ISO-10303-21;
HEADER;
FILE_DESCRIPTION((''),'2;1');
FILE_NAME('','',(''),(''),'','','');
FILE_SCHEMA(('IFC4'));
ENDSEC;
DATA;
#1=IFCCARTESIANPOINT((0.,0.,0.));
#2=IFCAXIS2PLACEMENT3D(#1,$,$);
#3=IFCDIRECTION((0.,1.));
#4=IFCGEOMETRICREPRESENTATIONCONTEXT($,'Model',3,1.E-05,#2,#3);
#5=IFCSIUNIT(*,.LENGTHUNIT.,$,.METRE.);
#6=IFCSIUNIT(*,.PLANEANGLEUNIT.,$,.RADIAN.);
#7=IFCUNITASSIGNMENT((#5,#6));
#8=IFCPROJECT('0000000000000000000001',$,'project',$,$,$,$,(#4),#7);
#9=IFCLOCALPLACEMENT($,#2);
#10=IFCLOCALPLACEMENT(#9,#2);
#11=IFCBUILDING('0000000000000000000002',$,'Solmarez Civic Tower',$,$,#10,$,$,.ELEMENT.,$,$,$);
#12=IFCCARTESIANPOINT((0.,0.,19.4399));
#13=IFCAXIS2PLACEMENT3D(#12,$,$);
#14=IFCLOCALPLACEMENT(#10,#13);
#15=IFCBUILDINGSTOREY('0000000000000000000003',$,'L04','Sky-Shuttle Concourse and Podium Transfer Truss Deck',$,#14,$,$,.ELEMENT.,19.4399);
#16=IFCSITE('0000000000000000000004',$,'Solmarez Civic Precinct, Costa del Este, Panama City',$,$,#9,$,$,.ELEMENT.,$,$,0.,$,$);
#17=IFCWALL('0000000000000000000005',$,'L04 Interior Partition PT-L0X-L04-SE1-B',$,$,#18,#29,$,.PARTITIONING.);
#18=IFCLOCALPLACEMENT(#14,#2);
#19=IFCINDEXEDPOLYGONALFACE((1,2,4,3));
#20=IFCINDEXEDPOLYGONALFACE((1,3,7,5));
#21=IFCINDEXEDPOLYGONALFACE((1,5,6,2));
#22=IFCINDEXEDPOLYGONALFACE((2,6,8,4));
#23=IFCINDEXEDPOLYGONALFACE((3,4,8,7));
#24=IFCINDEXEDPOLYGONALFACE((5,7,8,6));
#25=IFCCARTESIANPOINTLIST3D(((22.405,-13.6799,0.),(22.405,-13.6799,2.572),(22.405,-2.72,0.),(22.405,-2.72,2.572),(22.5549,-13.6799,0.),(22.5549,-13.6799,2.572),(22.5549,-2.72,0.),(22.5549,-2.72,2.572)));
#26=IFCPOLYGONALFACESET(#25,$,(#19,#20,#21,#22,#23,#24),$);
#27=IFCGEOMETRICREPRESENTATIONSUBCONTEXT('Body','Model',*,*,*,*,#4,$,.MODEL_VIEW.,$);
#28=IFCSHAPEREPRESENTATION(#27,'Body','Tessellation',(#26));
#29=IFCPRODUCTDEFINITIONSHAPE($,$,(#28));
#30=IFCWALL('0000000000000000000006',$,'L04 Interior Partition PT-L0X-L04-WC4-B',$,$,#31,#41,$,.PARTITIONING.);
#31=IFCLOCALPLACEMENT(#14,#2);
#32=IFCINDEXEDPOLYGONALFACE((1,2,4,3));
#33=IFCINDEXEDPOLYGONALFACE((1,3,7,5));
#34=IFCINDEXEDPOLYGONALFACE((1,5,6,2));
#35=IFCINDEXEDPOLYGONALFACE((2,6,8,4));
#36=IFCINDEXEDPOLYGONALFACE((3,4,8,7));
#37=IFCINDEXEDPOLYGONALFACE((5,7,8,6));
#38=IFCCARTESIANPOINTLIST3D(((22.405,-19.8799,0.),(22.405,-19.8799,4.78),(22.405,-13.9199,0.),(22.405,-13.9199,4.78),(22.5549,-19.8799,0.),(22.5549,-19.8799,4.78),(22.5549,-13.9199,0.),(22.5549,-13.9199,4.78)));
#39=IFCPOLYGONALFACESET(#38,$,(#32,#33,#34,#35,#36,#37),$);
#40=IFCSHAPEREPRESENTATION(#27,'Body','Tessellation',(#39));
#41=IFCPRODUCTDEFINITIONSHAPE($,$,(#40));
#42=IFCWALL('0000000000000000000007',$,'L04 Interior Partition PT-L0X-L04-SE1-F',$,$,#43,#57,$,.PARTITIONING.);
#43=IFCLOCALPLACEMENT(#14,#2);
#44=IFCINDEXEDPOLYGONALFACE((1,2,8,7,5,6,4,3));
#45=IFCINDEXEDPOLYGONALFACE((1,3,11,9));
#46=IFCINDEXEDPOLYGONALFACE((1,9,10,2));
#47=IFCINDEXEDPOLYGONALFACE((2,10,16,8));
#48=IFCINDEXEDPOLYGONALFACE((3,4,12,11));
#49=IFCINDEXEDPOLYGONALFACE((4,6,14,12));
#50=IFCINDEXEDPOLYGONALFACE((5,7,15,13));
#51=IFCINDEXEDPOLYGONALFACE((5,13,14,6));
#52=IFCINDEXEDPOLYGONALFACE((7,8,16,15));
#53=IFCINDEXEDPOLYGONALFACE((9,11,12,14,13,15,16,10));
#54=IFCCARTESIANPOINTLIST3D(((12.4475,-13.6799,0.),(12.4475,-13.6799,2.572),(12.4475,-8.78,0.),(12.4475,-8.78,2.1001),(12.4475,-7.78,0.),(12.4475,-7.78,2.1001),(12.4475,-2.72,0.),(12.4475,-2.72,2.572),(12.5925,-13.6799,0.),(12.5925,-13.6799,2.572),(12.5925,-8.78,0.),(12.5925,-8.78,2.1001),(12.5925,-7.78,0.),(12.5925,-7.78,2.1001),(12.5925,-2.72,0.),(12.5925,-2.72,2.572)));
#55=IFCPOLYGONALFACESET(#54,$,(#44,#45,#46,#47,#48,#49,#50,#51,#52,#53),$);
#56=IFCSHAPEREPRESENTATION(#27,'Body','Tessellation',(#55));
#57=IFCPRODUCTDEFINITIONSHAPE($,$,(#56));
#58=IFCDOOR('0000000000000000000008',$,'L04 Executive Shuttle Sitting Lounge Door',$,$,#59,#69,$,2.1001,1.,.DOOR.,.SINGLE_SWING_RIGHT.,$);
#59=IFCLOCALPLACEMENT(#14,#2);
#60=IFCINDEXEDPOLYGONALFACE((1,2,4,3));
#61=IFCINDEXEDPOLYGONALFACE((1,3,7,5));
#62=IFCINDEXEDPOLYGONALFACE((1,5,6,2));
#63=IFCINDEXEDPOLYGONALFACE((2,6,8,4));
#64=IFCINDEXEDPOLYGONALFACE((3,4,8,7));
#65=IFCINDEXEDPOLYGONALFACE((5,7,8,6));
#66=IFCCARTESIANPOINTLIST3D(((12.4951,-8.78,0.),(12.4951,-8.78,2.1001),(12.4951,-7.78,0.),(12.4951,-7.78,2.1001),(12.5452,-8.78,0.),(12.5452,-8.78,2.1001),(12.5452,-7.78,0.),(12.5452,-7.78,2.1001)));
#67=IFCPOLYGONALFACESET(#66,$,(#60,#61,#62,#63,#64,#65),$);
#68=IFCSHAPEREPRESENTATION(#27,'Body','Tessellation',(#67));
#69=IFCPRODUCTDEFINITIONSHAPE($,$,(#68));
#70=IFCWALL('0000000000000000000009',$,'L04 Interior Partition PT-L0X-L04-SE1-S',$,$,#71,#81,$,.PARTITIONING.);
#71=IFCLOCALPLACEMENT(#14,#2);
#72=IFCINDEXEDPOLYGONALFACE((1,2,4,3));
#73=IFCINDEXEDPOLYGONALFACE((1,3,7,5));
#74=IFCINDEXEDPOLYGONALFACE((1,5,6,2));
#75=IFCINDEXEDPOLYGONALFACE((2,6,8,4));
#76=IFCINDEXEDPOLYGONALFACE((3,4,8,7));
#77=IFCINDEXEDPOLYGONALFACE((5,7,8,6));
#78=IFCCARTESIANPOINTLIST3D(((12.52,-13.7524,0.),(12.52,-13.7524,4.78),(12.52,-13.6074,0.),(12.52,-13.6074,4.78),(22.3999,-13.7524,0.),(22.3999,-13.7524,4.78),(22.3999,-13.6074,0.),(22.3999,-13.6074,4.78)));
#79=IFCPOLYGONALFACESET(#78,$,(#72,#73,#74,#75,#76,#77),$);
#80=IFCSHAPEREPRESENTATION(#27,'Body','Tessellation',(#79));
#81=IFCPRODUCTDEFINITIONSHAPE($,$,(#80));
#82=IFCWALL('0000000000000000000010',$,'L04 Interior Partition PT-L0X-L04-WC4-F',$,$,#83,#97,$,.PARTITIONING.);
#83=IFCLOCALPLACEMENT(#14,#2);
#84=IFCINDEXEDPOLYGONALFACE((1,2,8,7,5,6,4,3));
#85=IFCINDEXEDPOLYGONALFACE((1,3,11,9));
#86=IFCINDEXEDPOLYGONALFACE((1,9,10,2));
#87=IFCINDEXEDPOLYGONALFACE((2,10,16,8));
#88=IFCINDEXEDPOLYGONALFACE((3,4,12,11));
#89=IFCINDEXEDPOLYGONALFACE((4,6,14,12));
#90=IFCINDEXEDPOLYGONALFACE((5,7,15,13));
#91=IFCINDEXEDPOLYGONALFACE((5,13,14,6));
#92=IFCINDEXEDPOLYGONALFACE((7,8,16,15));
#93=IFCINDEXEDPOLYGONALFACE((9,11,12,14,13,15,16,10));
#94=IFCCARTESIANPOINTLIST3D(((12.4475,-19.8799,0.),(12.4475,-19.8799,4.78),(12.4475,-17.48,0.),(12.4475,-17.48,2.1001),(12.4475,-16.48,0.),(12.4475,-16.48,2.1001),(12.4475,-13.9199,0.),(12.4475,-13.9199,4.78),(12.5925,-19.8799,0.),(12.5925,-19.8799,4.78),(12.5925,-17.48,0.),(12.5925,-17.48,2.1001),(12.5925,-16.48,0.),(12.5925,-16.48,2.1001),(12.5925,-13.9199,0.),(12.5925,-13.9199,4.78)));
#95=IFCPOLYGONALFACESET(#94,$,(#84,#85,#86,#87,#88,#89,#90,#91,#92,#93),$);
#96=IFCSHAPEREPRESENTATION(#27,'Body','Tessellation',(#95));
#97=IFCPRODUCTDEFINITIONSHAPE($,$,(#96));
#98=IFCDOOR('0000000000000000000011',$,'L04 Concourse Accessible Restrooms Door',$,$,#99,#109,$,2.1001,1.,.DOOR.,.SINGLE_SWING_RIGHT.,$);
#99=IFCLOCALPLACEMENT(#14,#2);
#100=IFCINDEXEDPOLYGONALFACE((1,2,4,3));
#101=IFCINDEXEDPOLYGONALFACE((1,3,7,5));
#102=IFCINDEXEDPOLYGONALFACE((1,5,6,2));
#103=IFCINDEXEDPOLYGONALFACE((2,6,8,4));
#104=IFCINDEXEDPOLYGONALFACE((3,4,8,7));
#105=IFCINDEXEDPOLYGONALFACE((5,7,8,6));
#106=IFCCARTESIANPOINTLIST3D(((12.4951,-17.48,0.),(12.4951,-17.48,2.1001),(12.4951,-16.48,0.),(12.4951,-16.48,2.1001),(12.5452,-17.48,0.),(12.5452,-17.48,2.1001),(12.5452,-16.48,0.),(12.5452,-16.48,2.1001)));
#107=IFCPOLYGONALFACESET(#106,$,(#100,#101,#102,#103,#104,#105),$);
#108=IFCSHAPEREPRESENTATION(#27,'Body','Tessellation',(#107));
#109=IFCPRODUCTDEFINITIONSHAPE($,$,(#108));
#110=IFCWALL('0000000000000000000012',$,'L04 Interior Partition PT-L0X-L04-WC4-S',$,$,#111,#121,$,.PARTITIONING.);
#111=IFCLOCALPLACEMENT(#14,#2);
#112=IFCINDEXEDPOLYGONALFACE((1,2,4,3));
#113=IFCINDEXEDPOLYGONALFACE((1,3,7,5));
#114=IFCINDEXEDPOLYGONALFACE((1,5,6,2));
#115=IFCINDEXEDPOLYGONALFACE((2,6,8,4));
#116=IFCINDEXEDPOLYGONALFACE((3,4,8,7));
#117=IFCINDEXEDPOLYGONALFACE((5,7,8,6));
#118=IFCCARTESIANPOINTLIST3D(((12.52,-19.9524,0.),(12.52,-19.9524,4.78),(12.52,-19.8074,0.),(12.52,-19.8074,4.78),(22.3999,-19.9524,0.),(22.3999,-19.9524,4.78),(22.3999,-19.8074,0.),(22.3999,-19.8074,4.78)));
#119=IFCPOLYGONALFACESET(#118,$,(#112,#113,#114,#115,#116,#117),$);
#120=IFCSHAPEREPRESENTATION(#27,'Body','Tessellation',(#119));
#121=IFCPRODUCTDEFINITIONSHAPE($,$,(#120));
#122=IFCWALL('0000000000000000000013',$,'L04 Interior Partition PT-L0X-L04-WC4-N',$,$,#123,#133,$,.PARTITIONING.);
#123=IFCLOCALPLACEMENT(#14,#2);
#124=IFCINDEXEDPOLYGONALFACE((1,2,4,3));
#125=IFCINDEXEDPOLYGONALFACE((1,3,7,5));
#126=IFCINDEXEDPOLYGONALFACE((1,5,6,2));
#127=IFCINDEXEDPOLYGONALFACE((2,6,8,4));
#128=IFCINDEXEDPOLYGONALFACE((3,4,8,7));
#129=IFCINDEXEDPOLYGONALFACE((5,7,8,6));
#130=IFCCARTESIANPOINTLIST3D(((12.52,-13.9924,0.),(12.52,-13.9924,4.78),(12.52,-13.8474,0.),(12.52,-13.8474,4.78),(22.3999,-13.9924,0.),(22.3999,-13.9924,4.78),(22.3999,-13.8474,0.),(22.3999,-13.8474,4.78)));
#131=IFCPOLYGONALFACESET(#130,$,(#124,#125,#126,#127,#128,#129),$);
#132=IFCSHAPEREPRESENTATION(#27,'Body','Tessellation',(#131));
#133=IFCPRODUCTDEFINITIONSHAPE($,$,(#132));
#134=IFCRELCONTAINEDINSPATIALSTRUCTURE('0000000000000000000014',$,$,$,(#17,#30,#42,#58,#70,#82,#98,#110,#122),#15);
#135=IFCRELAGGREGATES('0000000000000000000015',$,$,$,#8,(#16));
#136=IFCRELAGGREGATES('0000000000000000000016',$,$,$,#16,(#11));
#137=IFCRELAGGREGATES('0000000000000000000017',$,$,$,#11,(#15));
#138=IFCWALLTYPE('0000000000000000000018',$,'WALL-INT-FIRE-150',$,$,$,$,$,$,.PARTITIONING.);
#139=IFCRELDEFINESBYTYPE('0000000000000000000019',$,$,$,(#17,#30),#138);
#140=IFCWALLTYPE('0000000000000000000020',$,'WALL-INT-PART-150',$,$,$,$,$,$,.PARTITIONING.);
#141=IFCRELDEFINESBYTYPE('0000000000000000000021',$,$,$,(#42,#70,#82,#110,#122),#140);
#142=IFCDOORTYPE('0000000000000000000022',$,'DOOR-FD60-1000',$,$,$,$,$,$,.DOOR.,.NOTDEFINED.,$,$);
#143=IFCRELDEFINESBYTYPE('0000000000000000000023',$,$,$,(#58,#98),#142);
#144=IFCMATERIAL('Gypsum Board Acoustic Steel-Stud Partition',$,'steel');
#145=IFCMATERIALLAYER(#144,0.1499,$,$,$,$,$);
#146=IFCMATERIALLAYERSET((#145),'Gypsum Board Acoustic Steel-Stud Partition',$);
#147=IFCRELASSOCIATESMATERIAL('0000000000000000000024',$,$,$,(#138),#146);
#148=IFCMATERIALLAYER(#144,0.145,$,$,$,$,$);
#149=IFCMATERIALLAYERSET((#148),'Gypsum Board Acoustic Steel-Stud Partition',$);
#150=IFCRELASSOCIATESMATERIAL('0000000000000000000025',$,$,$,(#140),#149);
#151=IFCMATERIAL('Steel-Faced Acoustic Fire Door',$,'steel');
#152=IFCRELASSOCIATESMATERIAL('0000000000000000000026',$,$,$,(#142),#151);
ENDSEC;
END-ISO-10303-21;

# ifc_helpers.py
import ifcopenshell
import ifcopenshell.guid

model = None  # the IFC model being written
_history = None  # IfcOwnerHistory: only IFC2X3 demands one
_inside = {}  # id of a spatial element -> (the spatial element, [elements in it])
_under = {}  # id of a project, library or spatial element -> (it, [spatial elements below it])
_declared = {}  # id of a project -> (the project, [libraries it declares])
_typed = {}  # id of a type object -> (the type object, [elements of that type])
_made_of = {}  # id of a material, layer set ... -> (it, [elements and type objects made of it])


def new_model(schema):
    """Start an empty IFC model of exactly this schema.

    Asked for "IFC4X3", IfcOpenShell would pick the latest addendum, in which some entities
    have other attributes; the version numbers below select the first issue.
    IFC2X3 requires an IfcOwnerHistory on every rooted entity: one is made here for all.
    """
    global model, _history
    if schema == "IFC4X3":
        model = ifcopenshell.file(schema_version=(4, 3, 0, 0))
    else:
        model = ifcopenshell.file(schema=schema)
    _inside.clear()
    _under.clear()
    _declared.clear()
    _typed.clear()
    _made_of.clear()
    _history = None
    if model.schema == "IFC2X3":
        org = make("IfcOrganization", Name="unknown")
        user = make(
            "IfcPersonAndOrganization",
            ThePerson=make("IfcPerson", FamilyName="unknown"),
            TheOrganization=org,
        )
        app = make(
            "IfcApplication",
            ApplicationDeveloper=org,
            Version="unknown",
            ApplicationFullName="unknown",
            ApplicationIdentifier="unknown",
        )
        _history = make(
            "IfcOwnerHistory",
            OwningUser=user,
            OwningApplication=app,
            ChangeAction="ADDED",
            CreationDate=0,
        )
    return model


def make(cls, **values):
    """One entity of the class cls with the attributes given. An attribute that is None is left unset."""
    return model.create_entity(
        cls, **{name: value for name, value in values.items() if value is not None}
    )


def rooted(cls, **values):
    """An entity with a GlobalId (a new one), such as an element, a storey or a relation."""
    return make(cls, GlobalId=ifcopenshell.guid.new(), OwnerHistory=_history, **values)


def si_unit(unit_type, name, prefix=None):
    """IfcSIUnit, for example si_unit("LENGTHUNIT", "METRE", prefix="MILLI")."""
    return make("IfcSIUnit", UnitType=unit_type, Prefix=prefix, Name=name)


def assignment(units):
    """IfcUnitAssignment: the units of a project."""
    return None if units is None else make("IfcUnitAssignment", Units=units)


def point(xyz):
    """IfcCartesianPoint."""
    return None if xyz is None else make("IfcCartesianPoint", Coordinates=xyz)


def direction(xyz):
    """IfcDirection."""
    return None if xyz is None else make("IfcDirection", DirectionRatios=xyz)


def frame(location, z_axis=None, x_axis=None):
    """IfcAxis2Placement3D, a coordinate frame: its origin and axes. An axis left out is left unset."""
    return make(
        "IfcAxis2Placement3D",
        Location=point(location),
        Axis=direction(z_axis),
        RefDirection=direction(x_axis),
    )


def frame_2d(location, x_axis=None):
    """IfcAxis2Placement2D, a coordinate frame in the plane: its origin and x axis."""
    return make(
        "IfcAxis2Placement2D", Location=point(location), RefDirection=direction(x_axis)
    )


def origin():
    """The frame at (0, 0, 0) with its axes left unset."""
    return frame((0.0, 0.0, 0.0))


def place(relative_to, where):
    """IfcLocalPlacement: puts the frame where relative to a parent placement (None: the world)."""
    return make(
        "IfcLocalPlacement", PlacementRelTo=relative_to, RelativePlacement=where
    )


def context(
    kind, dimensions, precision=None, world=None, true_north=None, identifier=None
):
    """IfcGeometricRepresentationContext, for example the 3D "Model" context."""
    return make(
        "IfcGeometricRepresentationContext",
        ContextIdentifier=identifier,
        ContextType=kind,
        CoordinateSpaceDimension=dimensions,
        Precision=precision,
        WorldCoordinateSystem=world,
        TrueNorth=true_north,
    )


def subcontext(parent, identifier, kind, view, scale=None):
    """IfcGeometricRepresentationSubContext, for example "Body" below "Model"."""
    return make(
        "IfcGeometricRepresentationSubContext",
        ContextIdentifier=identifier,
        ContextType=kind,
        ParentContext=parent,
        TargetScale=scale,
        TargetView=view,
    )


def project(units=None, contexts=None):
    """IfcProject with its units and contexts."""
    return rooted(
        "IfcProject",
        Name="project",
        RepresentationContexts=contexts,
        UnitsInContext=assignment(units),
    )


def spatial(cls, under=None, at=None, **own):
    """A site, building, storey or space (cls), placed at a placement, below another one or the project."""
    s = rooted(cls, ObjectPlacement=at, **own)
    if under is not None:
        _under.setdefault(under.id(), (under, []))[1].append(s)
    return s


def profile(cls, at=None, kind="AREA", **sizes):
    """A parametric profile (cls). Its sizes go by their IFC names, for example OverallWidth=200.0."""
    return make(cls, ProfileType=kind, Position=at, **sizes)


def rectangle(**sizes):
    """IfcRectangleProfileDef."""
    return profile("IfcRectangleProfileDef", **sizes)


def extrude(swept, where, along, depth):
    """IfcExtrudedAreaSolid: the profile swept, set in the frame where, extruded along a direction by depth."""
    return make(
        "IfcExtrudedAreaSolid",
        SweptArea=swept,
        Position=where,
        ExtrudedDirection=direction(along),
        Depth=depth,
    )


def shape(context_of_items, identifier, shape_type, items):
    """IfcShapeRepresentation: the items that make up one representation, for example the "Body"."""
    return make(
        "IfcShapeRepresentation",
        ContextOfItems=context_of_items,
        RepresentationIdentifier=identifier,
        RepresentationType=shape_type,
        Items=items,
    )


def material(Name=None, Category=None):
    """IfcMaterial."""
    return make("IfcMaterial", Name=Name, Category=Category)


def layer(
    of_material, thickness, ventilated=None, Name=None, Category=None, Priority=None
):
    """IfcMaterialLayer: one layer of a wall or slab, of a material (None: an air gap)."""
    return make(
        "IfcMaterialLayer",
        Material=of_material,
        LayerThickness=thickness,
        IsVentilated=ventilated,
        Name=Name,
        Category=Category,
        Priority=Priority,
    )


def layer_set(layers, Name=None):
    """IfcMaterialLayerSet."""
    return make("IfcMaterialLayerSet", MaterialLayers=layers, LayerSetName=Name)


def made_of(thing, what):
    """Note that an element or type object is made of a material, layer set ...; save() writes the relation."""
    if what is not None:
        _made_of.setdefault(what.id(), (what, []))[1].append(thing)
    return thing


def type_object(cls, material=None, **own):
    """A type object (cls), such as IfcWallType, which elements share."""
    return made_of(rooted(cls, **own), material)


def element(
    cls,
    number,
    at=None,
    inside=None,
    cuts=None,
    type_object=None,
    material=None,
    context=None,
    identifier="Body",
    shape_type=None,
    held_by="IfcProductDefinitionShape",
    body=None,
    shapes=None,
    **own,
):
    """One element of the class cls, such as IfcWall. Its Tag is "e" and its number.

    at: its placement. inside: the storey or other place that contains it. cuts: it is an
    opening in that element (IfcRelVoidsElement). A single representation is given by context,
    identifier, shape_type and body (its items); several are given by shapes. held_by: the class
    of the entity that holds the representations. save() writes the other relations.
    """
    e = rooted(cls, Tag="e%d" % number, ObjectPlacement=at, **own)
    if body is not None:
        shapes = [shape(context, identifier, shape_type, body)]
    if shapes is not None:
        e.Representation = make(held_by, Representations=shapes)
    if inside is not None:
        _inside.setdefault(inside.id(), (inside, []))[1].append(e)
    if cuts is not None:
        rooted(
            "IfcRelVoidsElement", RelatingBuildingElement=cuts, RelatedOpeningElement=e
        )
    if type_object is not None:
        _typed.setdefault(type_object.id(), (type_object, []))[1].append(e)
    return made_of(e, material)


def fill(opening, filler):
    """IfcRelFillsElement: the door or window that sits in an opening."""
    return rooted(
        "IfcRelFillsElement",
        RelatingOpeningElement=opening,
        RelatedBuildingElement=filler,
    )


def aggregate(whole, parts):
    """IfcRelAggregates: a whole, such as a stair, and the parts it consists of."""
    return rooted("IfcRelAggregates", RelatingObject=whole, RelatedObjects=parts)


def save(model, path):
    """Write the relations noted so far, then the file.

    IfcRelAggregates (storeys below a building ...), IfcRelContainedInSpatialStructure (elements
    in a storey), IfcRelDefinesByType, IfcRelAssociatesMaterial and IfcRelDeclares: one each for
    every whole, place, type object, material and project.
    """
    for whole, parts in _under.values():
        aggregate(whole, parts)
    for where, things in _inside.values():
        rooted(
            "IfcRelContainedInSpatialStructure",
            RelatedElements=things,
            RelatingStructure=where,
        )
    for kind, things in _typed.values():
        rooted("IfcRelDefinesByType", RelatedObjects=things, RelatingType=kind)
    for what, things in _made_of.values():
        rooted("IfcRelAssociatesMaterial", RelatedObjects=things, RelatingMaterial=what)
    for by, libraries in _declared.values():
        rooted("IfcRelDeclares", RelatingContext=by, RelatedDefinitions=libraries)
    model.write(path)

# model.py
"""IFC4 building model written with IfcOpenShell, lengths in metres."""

from ifc_helpers import new_model, si_unit, direction, frame, frame_2d, origin, place, context, subcontext, project, spatial, rectangle, extrude, material, layer, layer_set, type_object, element, fill, save


model = new_model("IFC4")

# Units and contexts
model_context = context("Model", 3, precision=1e-05, world=origin(), true_north=direction((0.0, 1.0)))
body_context = subcontext(model_context, "Body", "Model", "MODEL_VIEW")
ifc_project = project(units=[si_unit("LENGTHUNIT", "METRE"), si_unit("PLANEANGLEUNIT", "RADIAN")], contexts=[model_context])

# Site, building, storey
site_placement = place(None, origin())
site = spatial("IfcSite", under=ifc_project, at=site_placement, Name="Solmarez Civic Precinct, Costa del Este, Panama City", CompositionType="ELEMENT", RefElevation=0.0)
building_placement = place(site_placement, origin())
building = spatial("IfcBuilding", under=site, at=building_placement, Name="Solmarez Civic Tower", CompositionType="ELEMENT")
storey_placement = place(building_placement, frame((0.0, 0.0, 19.4399)))
storey = spatial("IfcBuildingStorey", under=building, at=storey_placement, Name="L04", Description="Sky-Shuttle Concourse and Podium Transfer Truss Deck", CompositionType="ELEMENT", Elevation=19.4399)

# Walls
ifc_material_1 = material(Name="Gypsum Board Acoustic Steel-Stud Partition", Category="steel")
ifc_layer_1 = layer(ifc_material_1, 0.1499)
ifc_layer_set_1 = layer_set([ifc_layer_1], Name="Gypsum Board Acoustic Steel-Stud Partition")
wall_type_1 = type_object("IfcWallType", Name="WALL-INT-FIRE-150", PredefinedType="PARTITIONING", material=ifc_layer_set_1)
wall_1_placement = place(storey_placement, frame((22.48, -13.6799, 0.0), z_axis=(0.0, 0.0, 1.0), x_axis=(0.0, 1.0, 0.0)))
element("IfcWall", 1, at=wall_1_placement, inside=storey, type_object=wall_type_1, Name="L04 Interior Partition PT-L0X-L04-SE1-B", PredefinedType="PARTITIONING", context=body_context, shape_type="SweptSolid", body=[
    extrude(rectangle(XDim=10.96, YDim=0.1499, at=frame_2d((5.48, 0.0))), origin(), (0.0, 0.0, 1.0), 2.572),
])
wall_2_placement = place(storey_placement, frame((22.48, -19.8799, 0.0), z_axis=(0.0, 0.0, 1.0), x_axis=(0.0, 1.0, 0.0)))
element("IfcWall", 2, at=wall_2_placement, inside=storey, type_object=wall_type_1, Name="L04 Interior Partition PT-L0X-L04-WC4-B", PredefinedType="PARTITIONING", context=body_context, shape_type="SweptSolid", body=[
    extrude(rectangle(XDim=5.96, YDim=0.1499, at=frame_2d((2.98, 0.0))), origin(), (0.0, 0.0, 1.0), 4.78),
])

# Wall, opening, door
ifc_layer_2 = layer(ifc_material_1, 0.145)
ifc_layer_set_2 = layer_set([ifc_layer_2], Name="Gypsum Board Acoustic Steel-Stud Partition")
wall_type_2 = type_object("IfcWallType", Name="WALL-INT-PART-150", PredefinedType="PARTITIONING", material=ifc_layer_set_2)
wall_3_placement = place(storey_placement, frame((12.52, -13.6799, 0.0), z_axis=(0.0, 0.0, 1.0), x_axis=(0.0, 1.0, 0.0)))
wall_3 = element("IfcWall", 3, at=wall_3_placement, inside=storey, type_object=wall_type_2, Name="L04 Interior Partition PT-L0X-L04-SE1-F", PredefinedType="PARTITIONING", context=body_context, shape_type="SweptSolid", body=[
    extrude(rectangle(XDim=10.96, YDim=0.145, at=frame_2d((5.48, 0.0))), origin(), (0.0, 0.0, 1.0), 2.572),
])
opening_1_placement = place(wall_3_placement, frame((4.8999, 0.0, 0.0)))
opening_1 = element("IfcOpeningElement", 4, at=opening_1_placement, cuts=wall_3, PredefinedType="OPENING", context=body_context, shape_type="SweptSolid", body=[
    extrude(rectangle(XDim=1.0, YDim=2.1001, at=frame_2d((0.5, 1.05))), frame((0.0, 0.0825, 0.0), z_axis=(0.0, -1.0, 0.0), x_axis=(1.0, 0.0, 0.0)), (0.0, 0.0, 1.0), 0.165),
])
ifc_material_2 = material(Name="Steel-Faced Acoustic Fire Door", Category="steel")
door_type = type_object("IfcDoorType", Name="DOOR-FD60-1000", OperationType="NOTDEFINED", PredefinedType="DOOR", material=ifc_material_2)
door_1_placement = place(opening_1_placement, origin())
door_1 = element("IfcDoor", 5, at=door_1_placement, inside=storey, type_object=door_type, Name="L04 Executive Shuttle Sitting Lounge Door", OperationType="SINGLE_SWING_RIGHT", OverallHeight=2.1001, OverallWidth=1.0, PredefinedType="DOOR", context=body_context, shape_type="SweptSolid", body=[
    extrude(rectangle(XDim=1.0, YDim=2.1001, at=frame_2d((0.5, 1.05))), frame((0.0, 0.0249, 0.0), z_axis=(0.0, -1.0, 0.0), x_axis=(1.0, 0.0, 0.0)), (0.0, 0.0, 1.0), 0.05),
])
fill(opening_1, door_1)

# Wall
wall_4_placement = place(storey_placement, frame((12.52, -13.6799, 0.0), z_axis=(0.0, 0.0, 1.0), x_axis=(1.0, 0.0, 0.0)))
element("IfcWall", 6, at=wall_4_placement, inside=storey, type_object=wall_type_2, Name="L04 Interior Partition PT-L0X-L04-SE1-S", PredefinedType="PARTITIONING", context=body_context, shape_type="SweptSolid", body=[
    extrude(rectangle(XDim=9.8799, YDim=0.145, at=frame_2d((4.9399, 0.0))), origin(), (0.0, 0.0, 1.0), 4.78),
])

# Wall, opening, door
wall_5_placement = place(storey_placement, frame((12.52, -19.8799, 0.0), z_axis=(0.0, 0.0, 1.0), x_axis=(0.0, 1.0, 0.0)))
wall_5 = element("IfcWall", 7, at=wall_5_placement, inside=storey, type_object=wall_type_2, Name="L04 Interior Partition PT-L0X-L04-WC4-F", PredefinedType="PARTITIONING", context=body_context, shape_type="SweptSolid", body=[
    extrude(rectangle(XDim=5.96, YDim=0.145, at=frame_2d((2.98, 0.0))), origin(), (0.0, 0.0, 1.0), 4.78),
])
opening_2_placement = place(wall_5_placement, frame((2.3999, 0.0, 0.0)))
opening_2 = element("IfcOpeningElement", 8, at=opening_2_placement, cuts=wall_5, PredefinedType="OPENING", context=body_context, shape_type="SweptSolid", body=[
    extrude(rectangle(XDim=1.0, YDim=2.1001, at=frame_2d((0.5, 1.05))), frame((0.0, 0.0825, 0.0), z_axis=(0.0, -1.0, 0.0), x_axis=(1.0, 0.0, 0.0)), (0.0, 0.0, 1.0), 0.165),
])
door_2_placement = place(opening_2_placement, origin())
door_2 = element("IfcDoor", 9, at=door_2_placement, inside=storey, type_object=door_type, Name="L04 Concourse Accessible Restrooms Door", OperationType="SINGLE_SWING_RIGHT", OverallHeight=2.1001, OverallWidth=1.0, PredefinedType="DOOR", context=body_context, shape_type="SweptSolid", body=[
    extrude(rectangle(XDim=1.0, YDim=2.1001, at=frame_2d((0.5, 1.05))), frame((0.0, 0.0249, 0.0), z_axis=(0.0, -1.0, 0.0), x_axis=(1.0, 0.0, 0.0)), (0.0, 0.0, 1.0), 0.05),
])
fill(opening_2, door_2)

# Walls
for number, where, z_axis, x_axis, name in (
    (10, (12.52, -19.8799, 0.0), (0.0, 0.0, 1.0), (1.0, 0.0, 0.0), "L04 Interior Partition PT-L0X-L04-WC4-S"),
    (11, (12.52, -13.9199, 0.0), (0.0, 0.0, 1.0), (1.0, 0.0, 0.0), "L04 Interior Partition PT-L0X-L04-WC4-N"),
):
    element("IfcWall", number, at=place(storey_placement, frame(where, z_axis=z_axis, x_axis=x_axis)), inside=storey, type_object=wall_type_2, Name=name, PredefinedType="PARTITIONING", context=body_context, shape_type="SweptSolid", body=[
        extrude(rectangle(XDim=9.8799, YDim=0.145, at=frame_2d((4.9399, 0.0))), origin(), (0.0, 0.0, 1.0), 4.78),
    ])

save(model, "model.ifc")
